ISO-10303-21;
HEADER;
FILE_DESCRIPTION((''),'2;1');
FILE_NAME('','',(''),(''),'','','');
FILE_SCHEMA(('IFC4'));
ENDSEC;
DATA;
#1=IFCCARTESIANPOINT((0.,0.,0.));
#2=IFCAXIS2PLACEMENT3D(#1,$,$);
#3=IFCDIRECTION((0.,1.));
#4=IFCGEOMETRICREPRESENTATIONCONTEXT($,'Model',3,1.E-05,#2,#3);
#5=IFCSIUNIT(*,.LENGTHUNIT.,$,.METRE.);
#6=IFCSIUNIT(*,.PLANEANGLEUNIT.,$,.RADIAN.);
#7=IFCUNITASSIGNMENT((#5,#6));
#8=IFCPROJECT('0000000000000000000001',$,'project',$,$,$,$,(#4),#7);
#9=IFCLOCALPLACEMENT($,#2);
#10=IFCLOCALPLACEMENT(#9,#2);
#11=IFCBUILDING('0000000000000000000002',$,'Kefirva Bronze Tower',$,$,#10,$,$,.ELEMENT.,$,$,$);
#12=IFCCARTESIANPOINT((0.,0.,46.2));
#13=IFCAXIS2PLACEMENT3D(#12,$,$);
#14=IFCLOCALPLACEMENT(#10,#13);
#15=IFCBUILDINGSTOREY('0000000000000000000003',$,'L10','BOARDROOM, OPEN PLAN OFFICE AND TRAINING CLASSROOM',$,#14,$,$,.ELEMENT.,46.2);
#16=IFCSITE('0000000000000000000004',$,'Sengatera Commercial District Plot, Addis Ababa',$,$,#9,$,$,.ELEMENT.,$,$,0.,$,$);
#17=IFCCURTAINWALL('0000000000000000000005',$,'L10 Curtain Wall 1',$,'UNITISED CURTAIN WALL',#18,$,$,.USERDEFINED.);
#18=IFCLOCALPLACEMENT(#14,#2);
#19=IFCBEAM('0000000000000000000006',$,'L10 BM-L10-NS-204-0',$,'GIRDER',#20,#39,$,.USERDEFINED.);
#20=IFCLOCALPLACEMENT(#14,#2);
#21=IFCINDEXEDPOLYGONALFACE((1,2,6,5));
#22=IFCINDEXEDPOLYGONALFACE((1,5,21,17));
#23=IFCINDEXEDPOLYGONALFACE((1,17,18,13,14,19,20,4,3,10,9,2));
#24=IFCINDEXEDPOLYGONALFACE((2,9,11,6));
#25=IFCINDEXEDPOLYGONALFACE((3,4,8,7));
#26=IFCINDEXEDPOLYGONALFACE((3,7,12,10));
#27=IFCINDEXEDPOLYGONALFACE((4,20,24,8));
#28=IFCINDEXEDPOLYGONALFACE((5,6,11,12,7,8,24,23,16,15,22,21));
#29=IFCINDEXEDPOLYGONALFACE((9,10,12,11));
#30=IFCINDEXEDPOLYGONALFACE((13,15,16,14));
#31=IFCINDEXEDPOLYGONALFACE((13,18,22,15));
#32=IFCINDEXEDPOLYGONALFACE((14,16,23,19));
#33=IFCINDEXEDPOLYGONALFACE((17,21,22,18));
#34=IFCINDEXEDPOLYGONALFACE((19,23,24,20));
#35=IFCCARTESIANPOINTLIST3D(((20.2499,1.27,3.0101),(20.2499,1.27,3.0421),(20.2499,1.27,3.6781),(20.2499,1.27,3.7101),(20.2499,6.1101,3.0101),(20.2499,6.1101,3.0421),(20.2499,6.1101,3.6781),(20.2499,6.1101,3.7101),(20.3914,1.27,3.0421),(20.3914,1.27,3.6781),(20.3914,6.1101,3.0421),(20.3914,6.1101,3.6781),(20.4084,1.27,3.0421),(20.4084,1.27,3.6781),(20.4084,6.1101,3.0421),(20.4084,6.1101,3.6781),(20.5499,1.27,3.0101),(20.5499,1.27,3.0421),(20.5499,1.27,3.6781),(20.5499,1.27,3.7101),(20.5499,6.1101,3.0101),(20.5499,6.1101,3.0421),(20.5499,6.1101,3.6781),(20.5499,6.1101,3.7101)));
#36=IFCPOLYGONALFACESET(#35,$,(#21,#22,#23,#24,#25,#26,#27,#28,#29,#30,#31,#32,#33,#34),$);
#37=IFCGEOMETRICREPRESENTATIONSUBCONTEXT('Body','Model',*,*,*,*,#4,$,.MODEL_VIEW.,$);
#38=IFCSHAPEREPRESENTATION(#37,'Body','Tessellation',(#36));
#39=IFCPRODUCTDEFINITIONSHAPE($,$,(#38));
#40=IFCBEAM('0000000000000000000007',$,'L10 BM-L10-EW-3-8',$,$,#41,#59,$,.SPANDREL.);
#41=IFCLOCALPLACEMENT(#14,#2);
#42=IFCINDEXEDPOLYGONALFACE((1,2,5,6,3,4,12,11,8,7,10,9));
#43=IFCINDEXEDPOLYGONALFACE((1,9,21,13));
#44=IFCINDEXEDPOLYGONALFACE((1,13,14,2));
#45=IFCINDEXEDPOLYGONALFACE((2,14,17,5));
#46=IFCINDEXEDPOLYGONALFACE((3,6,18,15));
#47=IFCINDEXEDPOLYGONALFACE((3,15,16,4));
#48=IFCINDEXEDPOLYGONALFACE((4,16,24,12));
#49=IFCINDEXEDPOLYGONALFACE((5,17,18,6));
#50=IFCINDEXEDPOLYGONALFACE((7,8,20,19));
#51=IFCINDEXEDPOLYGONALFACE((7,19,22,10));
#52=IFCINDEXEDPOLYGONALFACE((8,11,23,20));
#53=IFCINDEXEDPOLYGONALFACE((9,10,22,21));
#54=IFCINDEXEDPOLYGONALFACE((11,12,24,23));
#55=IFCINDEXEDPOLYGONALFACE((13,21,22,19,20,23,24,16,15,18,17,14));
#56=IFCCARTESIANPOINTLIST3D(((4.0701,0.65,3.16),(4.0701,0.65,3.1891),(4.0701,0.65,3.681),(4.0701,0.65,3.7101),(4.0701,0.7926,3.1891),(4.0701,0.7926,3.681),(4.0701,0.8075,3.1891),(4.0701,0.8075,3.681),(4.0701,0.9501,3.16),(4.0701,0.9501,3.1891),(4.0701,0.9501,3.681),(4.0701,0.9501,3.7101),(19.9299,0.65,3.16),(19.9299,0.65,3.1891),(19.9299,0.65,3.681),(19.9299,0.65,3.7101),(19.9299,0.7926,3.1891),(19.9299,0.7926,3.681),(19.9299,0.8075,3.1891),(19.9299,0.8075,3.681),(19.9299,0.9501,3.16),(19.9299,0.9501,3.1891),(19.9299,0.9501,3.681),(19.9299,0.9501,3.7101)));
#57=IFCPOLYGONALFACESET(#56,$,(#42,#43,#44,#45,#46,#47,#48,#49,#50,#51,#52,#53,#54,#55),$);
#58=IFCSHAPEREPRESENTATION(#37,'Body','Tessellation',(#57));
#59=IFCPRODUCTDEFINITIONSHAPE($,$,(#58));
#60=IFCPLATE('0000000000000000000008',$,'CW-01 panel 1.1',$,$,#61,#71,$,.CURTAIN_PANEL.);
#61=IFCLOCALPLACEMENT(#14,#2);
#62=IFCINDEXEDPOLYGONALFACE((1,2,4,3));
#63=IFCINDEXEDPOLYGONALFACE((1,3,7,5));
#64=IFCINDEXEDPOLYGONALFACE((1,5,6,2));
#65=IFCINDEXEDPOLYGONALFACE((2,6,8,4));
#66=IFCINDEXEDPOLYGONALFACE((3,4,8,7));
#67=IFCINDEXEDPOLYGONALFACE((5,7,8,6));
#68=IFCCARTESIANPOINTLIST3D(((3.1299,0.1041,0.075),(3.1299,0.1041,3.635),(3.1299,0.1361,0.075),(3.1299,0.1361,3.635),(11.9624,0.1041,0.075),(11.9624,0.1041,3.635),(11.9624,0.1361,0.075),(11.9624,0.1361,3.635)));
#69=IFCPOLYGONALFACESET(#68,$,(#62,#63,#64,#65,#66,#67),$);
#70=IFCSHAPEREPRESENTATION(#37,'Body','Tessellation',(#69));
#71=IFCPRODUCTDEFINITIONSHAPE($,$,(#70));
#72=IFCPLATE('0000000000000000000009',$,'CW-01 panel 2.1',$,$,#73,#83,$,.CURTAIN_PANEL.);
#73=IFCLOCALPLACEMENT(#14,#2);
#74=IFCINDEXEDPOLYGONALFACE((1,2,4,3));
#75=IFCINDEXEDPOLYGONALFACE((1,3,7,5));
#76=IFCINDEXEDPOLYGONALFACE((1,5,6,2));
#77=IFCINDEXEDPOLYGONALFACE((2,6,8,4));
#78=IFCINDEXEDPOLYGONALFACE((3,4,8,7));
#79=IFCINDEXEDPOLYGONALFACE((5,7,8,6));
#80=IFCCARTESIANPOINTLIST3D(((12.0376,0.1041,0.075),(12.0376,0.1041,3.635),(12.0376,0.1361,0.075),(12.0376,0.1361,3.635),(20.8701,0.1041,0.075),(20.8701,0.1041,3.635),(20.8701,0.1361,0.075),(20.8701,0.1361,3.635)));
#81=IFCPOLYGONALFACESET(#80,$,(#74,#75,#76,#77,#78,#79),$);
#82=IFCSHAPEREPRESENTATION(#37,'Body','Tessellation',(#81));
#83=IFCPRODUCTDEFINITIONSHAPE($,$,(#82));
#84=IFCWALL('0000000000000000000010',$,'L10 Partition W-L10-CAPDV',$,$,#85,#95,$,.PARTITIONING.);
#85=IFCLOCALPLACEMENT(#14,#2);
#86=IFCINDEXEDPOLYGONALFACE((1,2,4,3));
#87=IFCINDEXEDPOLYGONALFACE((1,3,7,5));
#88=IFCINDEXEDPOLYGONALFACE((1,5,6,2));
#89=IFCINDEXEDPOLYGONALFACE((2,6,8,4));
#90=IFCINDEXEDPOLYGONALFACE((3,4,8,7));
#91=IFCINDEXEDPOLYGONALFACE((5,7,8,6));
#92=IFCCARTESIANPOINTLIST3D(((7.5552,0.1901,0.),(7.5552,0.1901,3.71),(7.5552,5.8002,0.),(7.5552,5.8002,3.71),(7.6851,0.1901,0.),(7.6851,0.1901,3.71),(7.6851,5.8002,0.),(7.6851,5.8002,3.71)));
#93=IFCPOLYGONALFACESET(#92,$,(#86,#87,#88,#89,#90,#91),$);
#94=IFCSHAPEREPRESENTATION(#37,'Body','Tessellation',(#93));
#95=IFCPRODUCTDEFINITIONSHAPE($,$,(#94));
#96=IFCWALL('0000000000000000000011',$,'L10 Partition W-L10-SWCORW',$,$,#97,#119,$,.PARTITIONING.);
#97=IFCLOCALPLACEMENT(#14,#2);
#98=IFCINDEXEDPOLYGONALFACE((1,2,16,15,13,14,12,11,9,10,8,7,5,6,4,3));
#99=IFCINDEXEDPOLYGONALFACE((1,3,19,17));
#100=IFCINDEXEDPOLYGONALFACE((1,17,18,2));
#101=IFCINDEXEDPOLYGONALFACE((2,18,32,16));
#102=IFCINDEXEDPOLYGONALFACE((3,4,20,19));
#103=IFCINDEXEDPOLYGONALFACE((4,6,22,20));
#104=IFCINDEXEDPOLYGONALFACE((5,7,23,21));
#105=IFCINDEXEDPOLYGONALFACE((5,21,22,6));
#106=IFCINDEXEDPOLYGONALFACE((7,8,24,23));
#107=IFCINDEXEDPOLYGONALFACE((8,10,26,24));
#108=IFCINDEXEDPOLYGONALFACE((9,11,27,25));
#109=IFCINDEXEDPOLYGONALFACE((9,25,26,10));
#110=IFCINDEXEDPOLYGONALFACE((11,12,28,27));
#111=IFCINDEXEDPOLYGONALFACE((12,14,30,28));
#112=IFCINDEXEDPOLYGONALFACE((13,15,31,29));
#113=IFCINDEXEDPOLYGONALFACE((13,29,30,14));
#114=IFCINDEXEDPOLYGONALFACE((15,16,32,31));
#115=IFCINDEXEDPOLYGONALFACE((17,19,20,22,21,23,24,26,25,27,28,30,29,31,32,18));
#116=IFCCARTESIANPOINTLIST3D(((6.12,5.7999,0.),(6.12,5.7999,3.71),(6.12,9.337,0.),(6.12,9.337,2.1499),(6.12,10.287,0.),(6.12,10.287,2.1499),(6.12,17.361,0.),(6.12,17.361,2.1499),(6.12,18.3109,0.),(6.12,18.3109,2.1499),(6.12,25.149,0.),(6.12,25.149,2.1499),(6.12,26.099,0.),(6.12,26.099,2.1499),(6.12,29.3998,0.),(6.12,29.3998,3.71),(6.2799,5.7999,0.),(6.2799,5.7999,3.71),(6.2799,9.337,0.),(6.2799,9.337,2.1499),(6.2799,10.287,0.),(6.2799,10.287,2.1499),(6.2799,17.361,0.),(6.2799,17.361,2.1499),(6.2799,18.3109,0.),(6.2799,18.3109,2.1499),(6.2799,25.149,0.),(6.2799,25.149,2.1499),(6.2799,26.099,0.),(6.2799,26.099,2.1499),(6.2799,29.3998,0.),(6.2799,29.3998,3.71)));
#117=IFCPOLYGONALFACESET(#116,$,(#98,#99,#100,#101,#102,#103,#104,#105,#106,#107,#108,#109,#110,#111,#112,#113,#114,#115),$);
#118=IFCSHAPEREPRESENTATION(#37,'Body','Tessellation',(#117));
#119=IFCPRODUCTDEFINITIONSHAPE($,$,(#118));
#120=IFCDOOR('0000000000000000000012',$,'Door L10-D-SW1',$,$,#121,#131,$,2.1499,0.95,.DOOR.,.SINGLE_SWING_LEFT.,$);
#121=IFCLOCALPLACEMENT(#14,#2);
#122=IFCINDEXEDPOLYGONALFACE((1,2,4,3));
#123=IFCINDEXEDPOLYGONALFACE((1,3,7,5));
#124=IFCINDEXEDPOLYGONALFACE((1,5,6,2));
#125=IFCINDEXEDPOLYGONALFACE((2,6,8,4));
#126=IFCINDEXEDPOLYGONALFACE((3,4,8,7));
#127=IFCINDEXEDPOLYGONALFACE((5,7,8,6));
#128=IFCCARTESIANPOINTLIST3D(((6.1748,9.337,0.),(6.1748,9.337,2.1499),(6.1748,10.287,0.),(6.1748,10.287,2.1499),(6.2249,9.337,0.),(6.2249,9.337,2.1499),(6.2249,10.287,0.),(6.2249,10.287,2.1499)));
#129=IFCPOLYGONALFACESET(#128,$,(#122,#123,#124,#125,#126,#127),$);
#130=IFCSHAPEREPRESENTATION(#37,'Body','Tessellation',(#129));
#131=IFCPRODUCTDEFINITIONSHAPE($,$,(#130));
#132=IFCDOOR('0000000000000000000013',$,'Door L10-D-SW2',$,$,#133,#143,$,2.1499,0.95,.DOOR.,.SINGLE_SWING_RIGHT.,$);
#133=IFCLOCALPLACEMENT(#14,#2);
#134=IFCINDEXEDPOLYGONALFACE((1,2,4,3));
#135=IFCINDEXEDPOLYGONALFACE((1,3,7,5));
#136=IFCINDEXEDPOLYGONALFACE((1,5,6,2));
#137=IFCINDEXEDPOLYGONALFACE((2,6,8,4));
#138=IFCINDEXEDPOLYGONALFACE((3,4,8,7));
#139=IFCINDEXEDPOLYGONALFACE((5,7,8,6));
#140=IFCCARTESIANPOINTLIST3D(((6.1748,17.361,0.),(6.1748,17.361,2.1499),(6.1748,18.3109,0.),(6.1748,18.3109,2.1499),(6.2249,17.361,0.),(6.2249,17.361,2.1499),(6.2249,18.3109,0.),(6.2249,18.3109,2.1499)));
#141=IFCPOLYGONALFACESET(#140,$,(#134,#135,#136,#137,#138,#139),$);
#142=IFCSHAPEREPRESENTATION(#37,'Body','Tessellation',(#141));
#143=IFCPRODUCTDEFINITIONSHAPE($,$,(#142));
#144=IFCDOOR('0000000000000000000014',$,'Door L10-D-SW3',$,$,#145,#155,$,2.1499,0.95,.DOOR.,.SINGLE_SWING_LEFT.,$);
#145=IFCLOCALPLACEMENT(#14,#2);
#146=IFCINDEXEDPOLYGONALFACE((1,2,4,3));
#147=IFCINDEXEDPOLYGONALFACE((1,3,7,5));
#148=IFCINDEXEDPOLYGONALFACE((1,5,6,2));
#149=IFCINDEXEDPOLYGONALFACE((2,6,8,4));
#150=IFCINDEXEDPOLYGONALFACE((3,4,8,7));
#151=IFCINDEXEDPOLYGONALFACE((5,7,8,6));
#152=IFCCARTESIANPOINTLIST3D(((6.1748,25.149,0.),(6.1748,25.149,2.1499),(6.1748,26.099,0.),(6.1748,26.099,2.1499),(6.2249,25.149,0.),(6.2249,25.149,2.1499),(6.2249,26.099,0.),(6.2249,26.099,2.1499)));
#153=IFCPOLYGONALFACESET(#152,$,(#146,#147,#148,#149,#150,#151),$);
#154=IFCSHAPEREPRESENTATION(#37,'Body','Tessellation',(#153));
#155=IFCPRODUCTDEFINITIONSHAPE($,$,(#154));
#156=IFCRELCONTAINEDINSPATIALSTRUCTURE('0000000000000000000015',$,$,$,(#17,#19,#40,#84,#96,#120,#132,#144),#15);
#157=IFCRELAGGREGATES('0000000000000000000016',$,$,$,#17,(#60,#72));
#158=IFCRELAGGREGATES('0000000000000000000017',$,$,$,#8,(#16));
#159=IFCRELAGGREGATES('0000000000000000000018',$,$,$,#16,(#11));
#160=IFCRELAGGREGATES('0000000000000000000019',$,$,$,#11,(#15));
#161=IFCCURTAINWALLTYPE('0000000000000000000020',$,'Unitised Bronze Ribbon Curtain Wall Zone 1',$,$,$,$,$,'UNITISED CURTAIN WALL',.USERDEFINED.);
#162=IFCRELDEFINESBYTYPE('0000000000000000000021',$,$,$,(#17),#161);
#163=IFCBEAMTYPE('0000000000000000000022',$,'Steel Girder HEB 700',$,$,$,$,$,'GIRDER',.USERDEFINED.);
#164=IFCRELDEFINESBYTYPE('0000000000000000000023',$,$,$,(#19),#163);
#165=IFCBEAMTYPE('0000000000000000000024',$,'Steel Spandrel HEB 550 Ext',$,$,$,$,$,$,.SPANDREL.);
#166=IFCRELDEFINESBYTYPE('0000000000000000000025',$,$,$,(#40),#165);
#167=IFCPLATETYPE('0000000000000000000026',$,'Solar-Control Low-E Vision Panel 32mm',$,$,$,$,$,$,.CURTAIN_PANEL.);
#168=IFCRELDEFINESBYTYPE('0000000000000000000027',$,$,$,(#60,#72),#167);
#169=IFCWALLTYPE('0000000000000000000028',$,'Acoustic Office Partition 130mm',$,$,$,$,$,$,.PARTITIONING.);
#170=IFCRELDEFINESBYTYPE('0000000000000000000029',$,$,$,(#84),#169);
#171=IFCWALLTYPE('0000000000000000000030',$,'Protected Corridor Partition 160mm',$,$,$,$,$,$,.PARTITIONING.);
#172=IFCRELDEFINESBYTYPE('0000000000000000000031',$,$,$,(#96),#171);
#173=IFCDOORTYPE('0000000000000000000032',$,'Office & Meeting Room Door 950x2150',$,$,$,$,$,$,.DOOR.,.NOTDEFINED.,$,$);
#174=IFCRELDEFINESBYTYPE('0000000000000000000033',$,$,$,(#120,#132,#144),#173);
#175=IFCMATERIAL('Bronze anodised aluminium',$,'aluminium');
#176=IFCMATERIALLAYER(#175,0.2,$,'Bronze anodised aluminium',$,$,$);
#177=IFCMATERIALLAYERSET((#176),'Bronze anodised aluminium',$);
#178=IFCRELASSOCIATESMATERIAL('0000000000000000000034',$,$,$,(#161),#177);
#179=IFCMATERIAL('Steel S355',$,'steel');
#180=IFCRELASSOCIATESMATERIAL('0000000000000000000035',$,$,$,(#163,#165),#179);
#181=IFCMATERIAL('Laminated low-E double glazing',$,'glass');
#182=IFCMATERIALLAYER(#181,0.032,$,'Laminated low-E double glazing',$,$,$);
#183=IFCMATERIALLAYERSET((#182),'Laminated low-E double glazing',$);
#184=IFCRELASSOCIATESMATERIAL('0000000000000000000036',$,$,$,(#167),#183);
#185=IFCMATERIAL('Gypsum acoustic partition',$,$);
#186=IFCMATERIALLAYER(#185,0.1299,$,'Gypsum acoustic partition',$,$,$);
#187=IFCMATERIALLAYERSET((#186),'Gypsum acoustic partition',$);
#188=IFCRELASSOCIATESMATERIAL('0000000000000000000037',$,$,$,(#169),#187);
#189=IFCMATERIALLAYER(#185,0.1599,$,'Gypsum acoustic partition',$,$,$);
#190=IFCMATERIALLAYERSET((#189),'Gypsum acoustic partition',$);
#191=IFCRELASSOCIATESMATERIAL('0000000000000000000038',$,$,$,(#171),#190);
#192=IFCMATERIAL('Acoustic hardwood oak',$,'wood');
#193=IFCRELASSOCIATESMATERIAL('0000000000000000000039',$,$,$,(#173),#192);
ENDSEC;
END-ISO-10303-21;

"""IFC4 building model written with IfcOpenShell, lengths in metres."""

from ifc_helpers import new_model, si_unit, direction, frame, frame_2d, origin, origin_2d, place, context, subcontext, project, spatial, rectangle, i_section, extrude, material, layer, layer_set, material_profile, profile_set, type_object, element, fill, aggregate, save


model = new_model("IFC4")

# Units and contexts
model_context = context("Model", 3, precision=1e-05, world=origin(), true_north=direction((0.0, 1.0)))
body_context = subcontext(model_context, "Body", "Model", "MODEL_VIEW")
ifc_project = project(units=[si_unit("LENGTHUNIT", "METRE"), si_unit("PLANEANGLEUNIT", "RADIAN")], contexts=[model_context])

# Site, building, storey
site_placement = place(None, origin())
site = spatial("IfcSite", under=ifc_project, at=site_placement, Name="Sengatera Commercial District Plot, Addis Ababa", CompositionType="ELEMENT", RefElevation=0.0)
building_placement = place(site_placement, origin())
building = spatial("IfcBuilding", under=site, at=building_placement, Name="Kefirva Bronze Tower", CompositionType="ELEMENT")
storey_placement = place(building_placement, frame((0.0, 0.0, 46.2)))
storey = spatial("IfcBuildingStorey", under=building, at=storey_placement, Name="L10", Description="BOARDROOM, OPEN PLAN OFFICE AND TRAINING CLASSROOM", CompositionType="ELEMENT", Elevation=46.2)

# Curtain wall
ifc_material_1 = material(Name="Bronze anodised aluminium", Category="aluminium")
ifc_layer_1 = layer(ifc_material_1, 0.2, Name="Bronze anodised aluminium")
ifc_layer_set_1 = layer_set([ifc_layer_1], Name="Bronze anodised aluminium")
curtain_wall_type = type_object("IfcCurtainWallType", Name="Unitised Bronze Ribbon Curtain Wall Zone 1", ElementType="UNITISED CURTAIN WALL", PredefinedType="USERDEFINED", material=ifc_layer_set_1)
curtain_wall_placement = place(storey_placement, origin())
curtain_wall = element("IfcCurtainWall", 1, at=curtain_wall_placement, inside=storey, type_object=curtain_wall_type, Name="L10 Curtain Wall 1", ObjectType="UNITISED CURTAIN WALL", PredefinedType="USERDEFINED")

# Beams
ifc_material_2 = material(Name="Steel S355", Category="steel")
ifc_material_profile_1 = material_profile(ifc_material_2, i_section(OverallWidth=0.3, OverallDepth=0.7, WebThickness=0.0171, FlangeThickness=0.032, at=origin_2d()), Name="HEB 700")
ifc_profile_set_1 = profile_set([ifc_material_profile_1], Name="Steel S355")
beam_type_1 = type_object("IfcBeamType", Name="Steel Girder HEB 700", ElementType="GIRDER", PredefinedType="USERDEFINED", material=ifc_profile_set_1)
beam_1_placement = place(storey_placement, frame((20.3999, 1.27, 3.3601), z_axis=(0.0, 1.0, 0.0), x_axis=(-1.0, 0.0, 0.0)))
element("IfcBeam", 2, at=beam_1_placement, inside=storey, type_object=beam_type_1, Name="L10 BM-L10-NS-204-0", ObjectType="GIRDER", PredefinedType="USERDEFINED", context=body_context, shape_type="SweptSolid", body=[
    extrude(i_section(OverallWidth=0.3, OverallDepth=0.7, WebThickness=0.0171, FlangeThickness=0.032, at=origin_2d()), origin(), (0.0, 0.0, 1.0), 4.8401),
])
ifc_material_profile_2 = material_profile(ifc_material_2, i_section(OverallWidth=0.3, OverallDepth=0.55, WebThickness=0.0149, FlangeThickness=0.0291, at=origin_2d()), Name="HEB 550")
ifc_profile_set_2 = profile_set([ifc_material_profile_2], Name="Steel S355")
beam_type_2 = type_object("IfcBeamType", Name="Steel Spandrel HEB 550 Ext", PredefinedType="SPANDREL", material=ifc_profile_set_2)
beam_2_placement = place(storey_placement, frame((4.0701, 0.8, 3.4351), z_axis=(1.0, 0.0, 0.0), x_axis=(0.0, 1.0, 0.0)))
element("IfcBeam", 3, at=beam_2_placement, inside=storey, type_object=beam_type_2, Name="L10 BM-L10-EW-3-8", PredefinedType="SPANDREL", context=body_context, shape_type="SweptSolid", body=[
    extrude(i_section(OverallWidth=0.3, OverallDepth=0.55, WebThickness=0.0149, FlangeThickness=0.0291, at=origin_2d()), origin(), (0.0, 0.0, 1.0), 15.8599),
])

# Plates
ifc_material_3 = material(Name="Laminated low-E double glazing", Category="glass")
ifc_layer_2 = layer(ifc_material_3, 0.032, Name="Laminated low-E double glazing")
ifc_layer_set_2 = layer_set([ifc_layer_2], Name="Laminated low-E double glazing")
plate_type = type_object("IfcPlateType", Name="Solar-Control Low-E Vision Panel 32mm", PredefinedType="CURTAIN_PANEL", material=ifc_layer_set_2)
plate_1_placement = place(storey_placement, frame((7.5461, 0.1201, 0.075), z_axis=(0.0, 0.0, 1.0), x_axis=(1.0, 0.0, 0.0)))
plate_1 = element("IfcPlate", 4, at=plate_1_placement, type_object=plate_type, Name="CW-01 panel 1.1", PredefinedType="CURTAIN_PANEL", context=body_context, shape_type="SweptSolid", body=[
    extrude(rectangle(XDim=8.8325, YDim=0.032, at=origin_2d()), origin(), (0.0, 0.0, 1.0), 3.5601),
])
plate_2_placement = place(storey_placement, frame((16.4539, 0.1201, 0.075), z_axis=(0.0, 0.0, 1.0), x_axis=(1.0, 0.0, 0.0)))
plate_2 = element("IfcPlate", 5, at=plate_2_placement, type_object=plate_type, Name="CW-01 panel 2.1", PredefinedType="CURTAIN_PANEL", context=body_context, shape_type="SweptSolid", body=[
    extrude(rectangle(XDim=8.8325, YDim=0.032, at=origin_2d()), origin(), (0.0, 0.0, 1.0), 3.5601),
])
aggregate(curtain_wall, [plate_1, plate_2])

# Wall
ifc_material_4 = material(Name="Gypsum acoustic partition")
ifc_layer_3 = layer(ifc_material_4, 0.1299, Name="Gypsum acoustic partition")
ifc_layer_set_3 = layer_set([ifc_layer_3], Name="Gypsum acoustic partition")
wall_type_1 = type_object("IfcWallType", Name="Acoustic Office Partition 130mm", PredefinedType="PARTITIONING", material=ifc_layer_set_3)
wall_1_placement = place(storey_placement, frame((7.6201, 0.1899, 0.0), z_axis=(0.0, 0.0, 1.0), x_axis=(0.0, 1.0, 0.0)))
element("IfcWall", 6, at=wall_1_placement, inside=storey, type_object=wall_type_1, Name="L10 Partition W-L10-CAPDV", PredefinedType="PARTITIONING", context=body_context, shape_type="SweptSolid", body=[
    extrude(rectangle(XDim=5.6101, YDim=0.1299, at=frame_2d((2.8052, 0.0))), origin(), (0.0, 0.0, 1.0), 3.71),
])

# Wall, openings, doors
ifc_layer_4 = layer(ifc_material_4, 0.1599, Name="Gypsum acoustic partition")
ifc_layer_set_4 = layer_set([ifc_layer_4], Name="Gypsum acoustic partition")
wall_type_2 = type_object("IfcWallType", Name="Protected Corridor Partition 160mm", PredefinedType="PARTITIONING", material=ifc_layer_set_4)
wall_2_placement = place(storey_placement, frame((6.2, 5.8, 0.0), z_axis=(0.0, 0.0, 1.0), x_axis=(0.0, 1.0, 0.0)))
wall_2 = element("IfcWall", 7, at=wall_2_placement, inside=storey, type_object=wall_type_2, Name="L10 Partition W-L10-SWCORW", PredefinedType="PARTITIONING", context=body_context, shape_type="SweptSolid", body=[
    extrude(rectangle(XDim=23.5999, YDim=0.1599, at=frame_2d((11.7998, 0.0))), origin(), (0.0, 0.0, 1.0), 3.71),
])
opening_1_placement = place(wall_2_placement, frame((4.4871, 0.0, 0.0), z_axis=(0.0, 0.0, 1.0), x_axis=(-1.0, 0.0, 0.0)))
opening_1 = element("IfcOpeningElement", 8, at=opening_1_placement, cuts=wall_2, PredefinedType="OPENING", context=body_context, shape_type="SweptSolid", body=[
    extrude(rectangle(XDim=0.95, YDim=2.1499, at=frame_2d((0.4751, 1.075))), frame((0.0, 0.0898, 0.0), z_axis=(0.0, -1.0, 0.0), x_axis=(1.0, 0.0, 0.0)), (0.0, 0.0, 1.0), 0.1799),
])
opening_2_placement = place(wall_2_placement, frame((12.511, 0.0, 0.0), z_axis=(0.0, 0.0, 1.0), x_axis=(-1.0, 0.0, 0.0)))
opening_2 = element("IfcOpeningElement", 9, at=opening_2_placement, cuts=wall_2, PredefinedType="OPENING", context=body_context, shape_type="SweptSolid", body=[
    extrude(rectangle(XDim=0.95, YDim=2.1499, at=frame_2d((0.4751, 1.075))), frame((0.0, 0.0898, 0.0), z_axis=(0.0, -1.0, 0.0), x_axis=(1.0, 0.0, 0.0)), (0.0, 0.0, 1.0), 0.1799),
])
opening_3_placement = place(wall_2_placement, frame((20.2991, 0.0, 0.0), z_axis=(0.0, 0.0, 1.0), x_axis=(-1.0, 0.0, 0.0)))
opening_3 = element("IfcOpeningElement", 10, at=opening_3_placement, cuts=wall_2, PredefinedType="OPENING", context=body_context, shape_type="SweptSolid", body=[
    extrude(rectangle(XDim=0.95, YDim=2.1499, at=frame_2d((0.4751, 1.075))), frame((0.0, 0.0898, 0.0), z_axis=(0.0, -1.0, 0.0), x_axis=(1.0, 0.0, 0.0)), (0.0, 0.0, 1.0), 0.1799),
])
ifc_material_5 = material(Name="Acoustic hardwood oak", Category="wood")
door_type = type_object("IfcDoorType", Name="Office & Meeting Room Door 950x2150", OperationType="NOTDEFINED", PredefinedType="DOOR", material=ifc_material_5)
door_1_placement = place(opening_1_placement, origin())
door_1 = element("IfcDoor", 11, at=door_1_placement, inside=storey, type_object=door_type, Name="Door L10-D-SW1", OperationType="SINGLE_SWING_LEFT", OverallHeight=2.1499, OverallWidth=0.95, PredefinedType="DOOR", context=body_context, shape_type="SweptSolid", body=[
    extrude(rectangle(XDim=0.95, YDim=2.1499, at=frame_2d((0.4751, 1.075))), frame((0.0, 0.0249, 0.0), z_axis=(0.0, -1.0, 0.0), x_axis=(1.0, 0.0, 0.0)), (0.0, 0.0, 1.0), 0.05),
])
fill(opening_1, door_1)
door_2_placement = place(opening_2_placement, origin())
door_2 = element("IfcDoor", 12, at=door_2_placement, inside=storey, type_object=door_type, Name="Door L10-D-SW2", OperationType="SINGLE_SWING_RIGHT", OverallHeight=2.1499, OverallWidth=0.95, PredefinedType="DOOR", context=body_context, shape_type="SweptSolid", body=[
    extrude(rectangle(XDim=0.95, YDim=2.1499, at=frame_2d((0.4751, 1.075))), frame((0.0, 0.0249, 0.0), z_axis=(0.0, -1.0, 0.0), x_axis=(1.0, 0.0, 0.0)), (0.0, 0.0, 1.0), 0.05),
])
fill(opening_2, door_2)
door_3_placement = place(opening_3_placement, origin())
door_3 = element("IfcDoor", 13, at=door_3_placement, inside=storey, type_object=door_type, Name="Door L10-D-SW3", OperationType="SINGLE_SWING_LEFT", OverallHeight=2.1499, OverallWidth=0.95, PredefinedType="DOOR", context=body_context, shape_type="SweptSolid", body=[
    extrude(rectangle(XDim=0.95, YDim=2.1499, at=frame_2d((0.4751, 1.075))), frame((0.0, 0.0249, 0.0), z_axis=(0.0, -1.0, 0.0), x_axis=(1.0, 0.0, 0.0)), (0.0, 0.0, 1.0), 0.05),
])
fill(opening_3, door_3)

save(model, "model.ifc")
